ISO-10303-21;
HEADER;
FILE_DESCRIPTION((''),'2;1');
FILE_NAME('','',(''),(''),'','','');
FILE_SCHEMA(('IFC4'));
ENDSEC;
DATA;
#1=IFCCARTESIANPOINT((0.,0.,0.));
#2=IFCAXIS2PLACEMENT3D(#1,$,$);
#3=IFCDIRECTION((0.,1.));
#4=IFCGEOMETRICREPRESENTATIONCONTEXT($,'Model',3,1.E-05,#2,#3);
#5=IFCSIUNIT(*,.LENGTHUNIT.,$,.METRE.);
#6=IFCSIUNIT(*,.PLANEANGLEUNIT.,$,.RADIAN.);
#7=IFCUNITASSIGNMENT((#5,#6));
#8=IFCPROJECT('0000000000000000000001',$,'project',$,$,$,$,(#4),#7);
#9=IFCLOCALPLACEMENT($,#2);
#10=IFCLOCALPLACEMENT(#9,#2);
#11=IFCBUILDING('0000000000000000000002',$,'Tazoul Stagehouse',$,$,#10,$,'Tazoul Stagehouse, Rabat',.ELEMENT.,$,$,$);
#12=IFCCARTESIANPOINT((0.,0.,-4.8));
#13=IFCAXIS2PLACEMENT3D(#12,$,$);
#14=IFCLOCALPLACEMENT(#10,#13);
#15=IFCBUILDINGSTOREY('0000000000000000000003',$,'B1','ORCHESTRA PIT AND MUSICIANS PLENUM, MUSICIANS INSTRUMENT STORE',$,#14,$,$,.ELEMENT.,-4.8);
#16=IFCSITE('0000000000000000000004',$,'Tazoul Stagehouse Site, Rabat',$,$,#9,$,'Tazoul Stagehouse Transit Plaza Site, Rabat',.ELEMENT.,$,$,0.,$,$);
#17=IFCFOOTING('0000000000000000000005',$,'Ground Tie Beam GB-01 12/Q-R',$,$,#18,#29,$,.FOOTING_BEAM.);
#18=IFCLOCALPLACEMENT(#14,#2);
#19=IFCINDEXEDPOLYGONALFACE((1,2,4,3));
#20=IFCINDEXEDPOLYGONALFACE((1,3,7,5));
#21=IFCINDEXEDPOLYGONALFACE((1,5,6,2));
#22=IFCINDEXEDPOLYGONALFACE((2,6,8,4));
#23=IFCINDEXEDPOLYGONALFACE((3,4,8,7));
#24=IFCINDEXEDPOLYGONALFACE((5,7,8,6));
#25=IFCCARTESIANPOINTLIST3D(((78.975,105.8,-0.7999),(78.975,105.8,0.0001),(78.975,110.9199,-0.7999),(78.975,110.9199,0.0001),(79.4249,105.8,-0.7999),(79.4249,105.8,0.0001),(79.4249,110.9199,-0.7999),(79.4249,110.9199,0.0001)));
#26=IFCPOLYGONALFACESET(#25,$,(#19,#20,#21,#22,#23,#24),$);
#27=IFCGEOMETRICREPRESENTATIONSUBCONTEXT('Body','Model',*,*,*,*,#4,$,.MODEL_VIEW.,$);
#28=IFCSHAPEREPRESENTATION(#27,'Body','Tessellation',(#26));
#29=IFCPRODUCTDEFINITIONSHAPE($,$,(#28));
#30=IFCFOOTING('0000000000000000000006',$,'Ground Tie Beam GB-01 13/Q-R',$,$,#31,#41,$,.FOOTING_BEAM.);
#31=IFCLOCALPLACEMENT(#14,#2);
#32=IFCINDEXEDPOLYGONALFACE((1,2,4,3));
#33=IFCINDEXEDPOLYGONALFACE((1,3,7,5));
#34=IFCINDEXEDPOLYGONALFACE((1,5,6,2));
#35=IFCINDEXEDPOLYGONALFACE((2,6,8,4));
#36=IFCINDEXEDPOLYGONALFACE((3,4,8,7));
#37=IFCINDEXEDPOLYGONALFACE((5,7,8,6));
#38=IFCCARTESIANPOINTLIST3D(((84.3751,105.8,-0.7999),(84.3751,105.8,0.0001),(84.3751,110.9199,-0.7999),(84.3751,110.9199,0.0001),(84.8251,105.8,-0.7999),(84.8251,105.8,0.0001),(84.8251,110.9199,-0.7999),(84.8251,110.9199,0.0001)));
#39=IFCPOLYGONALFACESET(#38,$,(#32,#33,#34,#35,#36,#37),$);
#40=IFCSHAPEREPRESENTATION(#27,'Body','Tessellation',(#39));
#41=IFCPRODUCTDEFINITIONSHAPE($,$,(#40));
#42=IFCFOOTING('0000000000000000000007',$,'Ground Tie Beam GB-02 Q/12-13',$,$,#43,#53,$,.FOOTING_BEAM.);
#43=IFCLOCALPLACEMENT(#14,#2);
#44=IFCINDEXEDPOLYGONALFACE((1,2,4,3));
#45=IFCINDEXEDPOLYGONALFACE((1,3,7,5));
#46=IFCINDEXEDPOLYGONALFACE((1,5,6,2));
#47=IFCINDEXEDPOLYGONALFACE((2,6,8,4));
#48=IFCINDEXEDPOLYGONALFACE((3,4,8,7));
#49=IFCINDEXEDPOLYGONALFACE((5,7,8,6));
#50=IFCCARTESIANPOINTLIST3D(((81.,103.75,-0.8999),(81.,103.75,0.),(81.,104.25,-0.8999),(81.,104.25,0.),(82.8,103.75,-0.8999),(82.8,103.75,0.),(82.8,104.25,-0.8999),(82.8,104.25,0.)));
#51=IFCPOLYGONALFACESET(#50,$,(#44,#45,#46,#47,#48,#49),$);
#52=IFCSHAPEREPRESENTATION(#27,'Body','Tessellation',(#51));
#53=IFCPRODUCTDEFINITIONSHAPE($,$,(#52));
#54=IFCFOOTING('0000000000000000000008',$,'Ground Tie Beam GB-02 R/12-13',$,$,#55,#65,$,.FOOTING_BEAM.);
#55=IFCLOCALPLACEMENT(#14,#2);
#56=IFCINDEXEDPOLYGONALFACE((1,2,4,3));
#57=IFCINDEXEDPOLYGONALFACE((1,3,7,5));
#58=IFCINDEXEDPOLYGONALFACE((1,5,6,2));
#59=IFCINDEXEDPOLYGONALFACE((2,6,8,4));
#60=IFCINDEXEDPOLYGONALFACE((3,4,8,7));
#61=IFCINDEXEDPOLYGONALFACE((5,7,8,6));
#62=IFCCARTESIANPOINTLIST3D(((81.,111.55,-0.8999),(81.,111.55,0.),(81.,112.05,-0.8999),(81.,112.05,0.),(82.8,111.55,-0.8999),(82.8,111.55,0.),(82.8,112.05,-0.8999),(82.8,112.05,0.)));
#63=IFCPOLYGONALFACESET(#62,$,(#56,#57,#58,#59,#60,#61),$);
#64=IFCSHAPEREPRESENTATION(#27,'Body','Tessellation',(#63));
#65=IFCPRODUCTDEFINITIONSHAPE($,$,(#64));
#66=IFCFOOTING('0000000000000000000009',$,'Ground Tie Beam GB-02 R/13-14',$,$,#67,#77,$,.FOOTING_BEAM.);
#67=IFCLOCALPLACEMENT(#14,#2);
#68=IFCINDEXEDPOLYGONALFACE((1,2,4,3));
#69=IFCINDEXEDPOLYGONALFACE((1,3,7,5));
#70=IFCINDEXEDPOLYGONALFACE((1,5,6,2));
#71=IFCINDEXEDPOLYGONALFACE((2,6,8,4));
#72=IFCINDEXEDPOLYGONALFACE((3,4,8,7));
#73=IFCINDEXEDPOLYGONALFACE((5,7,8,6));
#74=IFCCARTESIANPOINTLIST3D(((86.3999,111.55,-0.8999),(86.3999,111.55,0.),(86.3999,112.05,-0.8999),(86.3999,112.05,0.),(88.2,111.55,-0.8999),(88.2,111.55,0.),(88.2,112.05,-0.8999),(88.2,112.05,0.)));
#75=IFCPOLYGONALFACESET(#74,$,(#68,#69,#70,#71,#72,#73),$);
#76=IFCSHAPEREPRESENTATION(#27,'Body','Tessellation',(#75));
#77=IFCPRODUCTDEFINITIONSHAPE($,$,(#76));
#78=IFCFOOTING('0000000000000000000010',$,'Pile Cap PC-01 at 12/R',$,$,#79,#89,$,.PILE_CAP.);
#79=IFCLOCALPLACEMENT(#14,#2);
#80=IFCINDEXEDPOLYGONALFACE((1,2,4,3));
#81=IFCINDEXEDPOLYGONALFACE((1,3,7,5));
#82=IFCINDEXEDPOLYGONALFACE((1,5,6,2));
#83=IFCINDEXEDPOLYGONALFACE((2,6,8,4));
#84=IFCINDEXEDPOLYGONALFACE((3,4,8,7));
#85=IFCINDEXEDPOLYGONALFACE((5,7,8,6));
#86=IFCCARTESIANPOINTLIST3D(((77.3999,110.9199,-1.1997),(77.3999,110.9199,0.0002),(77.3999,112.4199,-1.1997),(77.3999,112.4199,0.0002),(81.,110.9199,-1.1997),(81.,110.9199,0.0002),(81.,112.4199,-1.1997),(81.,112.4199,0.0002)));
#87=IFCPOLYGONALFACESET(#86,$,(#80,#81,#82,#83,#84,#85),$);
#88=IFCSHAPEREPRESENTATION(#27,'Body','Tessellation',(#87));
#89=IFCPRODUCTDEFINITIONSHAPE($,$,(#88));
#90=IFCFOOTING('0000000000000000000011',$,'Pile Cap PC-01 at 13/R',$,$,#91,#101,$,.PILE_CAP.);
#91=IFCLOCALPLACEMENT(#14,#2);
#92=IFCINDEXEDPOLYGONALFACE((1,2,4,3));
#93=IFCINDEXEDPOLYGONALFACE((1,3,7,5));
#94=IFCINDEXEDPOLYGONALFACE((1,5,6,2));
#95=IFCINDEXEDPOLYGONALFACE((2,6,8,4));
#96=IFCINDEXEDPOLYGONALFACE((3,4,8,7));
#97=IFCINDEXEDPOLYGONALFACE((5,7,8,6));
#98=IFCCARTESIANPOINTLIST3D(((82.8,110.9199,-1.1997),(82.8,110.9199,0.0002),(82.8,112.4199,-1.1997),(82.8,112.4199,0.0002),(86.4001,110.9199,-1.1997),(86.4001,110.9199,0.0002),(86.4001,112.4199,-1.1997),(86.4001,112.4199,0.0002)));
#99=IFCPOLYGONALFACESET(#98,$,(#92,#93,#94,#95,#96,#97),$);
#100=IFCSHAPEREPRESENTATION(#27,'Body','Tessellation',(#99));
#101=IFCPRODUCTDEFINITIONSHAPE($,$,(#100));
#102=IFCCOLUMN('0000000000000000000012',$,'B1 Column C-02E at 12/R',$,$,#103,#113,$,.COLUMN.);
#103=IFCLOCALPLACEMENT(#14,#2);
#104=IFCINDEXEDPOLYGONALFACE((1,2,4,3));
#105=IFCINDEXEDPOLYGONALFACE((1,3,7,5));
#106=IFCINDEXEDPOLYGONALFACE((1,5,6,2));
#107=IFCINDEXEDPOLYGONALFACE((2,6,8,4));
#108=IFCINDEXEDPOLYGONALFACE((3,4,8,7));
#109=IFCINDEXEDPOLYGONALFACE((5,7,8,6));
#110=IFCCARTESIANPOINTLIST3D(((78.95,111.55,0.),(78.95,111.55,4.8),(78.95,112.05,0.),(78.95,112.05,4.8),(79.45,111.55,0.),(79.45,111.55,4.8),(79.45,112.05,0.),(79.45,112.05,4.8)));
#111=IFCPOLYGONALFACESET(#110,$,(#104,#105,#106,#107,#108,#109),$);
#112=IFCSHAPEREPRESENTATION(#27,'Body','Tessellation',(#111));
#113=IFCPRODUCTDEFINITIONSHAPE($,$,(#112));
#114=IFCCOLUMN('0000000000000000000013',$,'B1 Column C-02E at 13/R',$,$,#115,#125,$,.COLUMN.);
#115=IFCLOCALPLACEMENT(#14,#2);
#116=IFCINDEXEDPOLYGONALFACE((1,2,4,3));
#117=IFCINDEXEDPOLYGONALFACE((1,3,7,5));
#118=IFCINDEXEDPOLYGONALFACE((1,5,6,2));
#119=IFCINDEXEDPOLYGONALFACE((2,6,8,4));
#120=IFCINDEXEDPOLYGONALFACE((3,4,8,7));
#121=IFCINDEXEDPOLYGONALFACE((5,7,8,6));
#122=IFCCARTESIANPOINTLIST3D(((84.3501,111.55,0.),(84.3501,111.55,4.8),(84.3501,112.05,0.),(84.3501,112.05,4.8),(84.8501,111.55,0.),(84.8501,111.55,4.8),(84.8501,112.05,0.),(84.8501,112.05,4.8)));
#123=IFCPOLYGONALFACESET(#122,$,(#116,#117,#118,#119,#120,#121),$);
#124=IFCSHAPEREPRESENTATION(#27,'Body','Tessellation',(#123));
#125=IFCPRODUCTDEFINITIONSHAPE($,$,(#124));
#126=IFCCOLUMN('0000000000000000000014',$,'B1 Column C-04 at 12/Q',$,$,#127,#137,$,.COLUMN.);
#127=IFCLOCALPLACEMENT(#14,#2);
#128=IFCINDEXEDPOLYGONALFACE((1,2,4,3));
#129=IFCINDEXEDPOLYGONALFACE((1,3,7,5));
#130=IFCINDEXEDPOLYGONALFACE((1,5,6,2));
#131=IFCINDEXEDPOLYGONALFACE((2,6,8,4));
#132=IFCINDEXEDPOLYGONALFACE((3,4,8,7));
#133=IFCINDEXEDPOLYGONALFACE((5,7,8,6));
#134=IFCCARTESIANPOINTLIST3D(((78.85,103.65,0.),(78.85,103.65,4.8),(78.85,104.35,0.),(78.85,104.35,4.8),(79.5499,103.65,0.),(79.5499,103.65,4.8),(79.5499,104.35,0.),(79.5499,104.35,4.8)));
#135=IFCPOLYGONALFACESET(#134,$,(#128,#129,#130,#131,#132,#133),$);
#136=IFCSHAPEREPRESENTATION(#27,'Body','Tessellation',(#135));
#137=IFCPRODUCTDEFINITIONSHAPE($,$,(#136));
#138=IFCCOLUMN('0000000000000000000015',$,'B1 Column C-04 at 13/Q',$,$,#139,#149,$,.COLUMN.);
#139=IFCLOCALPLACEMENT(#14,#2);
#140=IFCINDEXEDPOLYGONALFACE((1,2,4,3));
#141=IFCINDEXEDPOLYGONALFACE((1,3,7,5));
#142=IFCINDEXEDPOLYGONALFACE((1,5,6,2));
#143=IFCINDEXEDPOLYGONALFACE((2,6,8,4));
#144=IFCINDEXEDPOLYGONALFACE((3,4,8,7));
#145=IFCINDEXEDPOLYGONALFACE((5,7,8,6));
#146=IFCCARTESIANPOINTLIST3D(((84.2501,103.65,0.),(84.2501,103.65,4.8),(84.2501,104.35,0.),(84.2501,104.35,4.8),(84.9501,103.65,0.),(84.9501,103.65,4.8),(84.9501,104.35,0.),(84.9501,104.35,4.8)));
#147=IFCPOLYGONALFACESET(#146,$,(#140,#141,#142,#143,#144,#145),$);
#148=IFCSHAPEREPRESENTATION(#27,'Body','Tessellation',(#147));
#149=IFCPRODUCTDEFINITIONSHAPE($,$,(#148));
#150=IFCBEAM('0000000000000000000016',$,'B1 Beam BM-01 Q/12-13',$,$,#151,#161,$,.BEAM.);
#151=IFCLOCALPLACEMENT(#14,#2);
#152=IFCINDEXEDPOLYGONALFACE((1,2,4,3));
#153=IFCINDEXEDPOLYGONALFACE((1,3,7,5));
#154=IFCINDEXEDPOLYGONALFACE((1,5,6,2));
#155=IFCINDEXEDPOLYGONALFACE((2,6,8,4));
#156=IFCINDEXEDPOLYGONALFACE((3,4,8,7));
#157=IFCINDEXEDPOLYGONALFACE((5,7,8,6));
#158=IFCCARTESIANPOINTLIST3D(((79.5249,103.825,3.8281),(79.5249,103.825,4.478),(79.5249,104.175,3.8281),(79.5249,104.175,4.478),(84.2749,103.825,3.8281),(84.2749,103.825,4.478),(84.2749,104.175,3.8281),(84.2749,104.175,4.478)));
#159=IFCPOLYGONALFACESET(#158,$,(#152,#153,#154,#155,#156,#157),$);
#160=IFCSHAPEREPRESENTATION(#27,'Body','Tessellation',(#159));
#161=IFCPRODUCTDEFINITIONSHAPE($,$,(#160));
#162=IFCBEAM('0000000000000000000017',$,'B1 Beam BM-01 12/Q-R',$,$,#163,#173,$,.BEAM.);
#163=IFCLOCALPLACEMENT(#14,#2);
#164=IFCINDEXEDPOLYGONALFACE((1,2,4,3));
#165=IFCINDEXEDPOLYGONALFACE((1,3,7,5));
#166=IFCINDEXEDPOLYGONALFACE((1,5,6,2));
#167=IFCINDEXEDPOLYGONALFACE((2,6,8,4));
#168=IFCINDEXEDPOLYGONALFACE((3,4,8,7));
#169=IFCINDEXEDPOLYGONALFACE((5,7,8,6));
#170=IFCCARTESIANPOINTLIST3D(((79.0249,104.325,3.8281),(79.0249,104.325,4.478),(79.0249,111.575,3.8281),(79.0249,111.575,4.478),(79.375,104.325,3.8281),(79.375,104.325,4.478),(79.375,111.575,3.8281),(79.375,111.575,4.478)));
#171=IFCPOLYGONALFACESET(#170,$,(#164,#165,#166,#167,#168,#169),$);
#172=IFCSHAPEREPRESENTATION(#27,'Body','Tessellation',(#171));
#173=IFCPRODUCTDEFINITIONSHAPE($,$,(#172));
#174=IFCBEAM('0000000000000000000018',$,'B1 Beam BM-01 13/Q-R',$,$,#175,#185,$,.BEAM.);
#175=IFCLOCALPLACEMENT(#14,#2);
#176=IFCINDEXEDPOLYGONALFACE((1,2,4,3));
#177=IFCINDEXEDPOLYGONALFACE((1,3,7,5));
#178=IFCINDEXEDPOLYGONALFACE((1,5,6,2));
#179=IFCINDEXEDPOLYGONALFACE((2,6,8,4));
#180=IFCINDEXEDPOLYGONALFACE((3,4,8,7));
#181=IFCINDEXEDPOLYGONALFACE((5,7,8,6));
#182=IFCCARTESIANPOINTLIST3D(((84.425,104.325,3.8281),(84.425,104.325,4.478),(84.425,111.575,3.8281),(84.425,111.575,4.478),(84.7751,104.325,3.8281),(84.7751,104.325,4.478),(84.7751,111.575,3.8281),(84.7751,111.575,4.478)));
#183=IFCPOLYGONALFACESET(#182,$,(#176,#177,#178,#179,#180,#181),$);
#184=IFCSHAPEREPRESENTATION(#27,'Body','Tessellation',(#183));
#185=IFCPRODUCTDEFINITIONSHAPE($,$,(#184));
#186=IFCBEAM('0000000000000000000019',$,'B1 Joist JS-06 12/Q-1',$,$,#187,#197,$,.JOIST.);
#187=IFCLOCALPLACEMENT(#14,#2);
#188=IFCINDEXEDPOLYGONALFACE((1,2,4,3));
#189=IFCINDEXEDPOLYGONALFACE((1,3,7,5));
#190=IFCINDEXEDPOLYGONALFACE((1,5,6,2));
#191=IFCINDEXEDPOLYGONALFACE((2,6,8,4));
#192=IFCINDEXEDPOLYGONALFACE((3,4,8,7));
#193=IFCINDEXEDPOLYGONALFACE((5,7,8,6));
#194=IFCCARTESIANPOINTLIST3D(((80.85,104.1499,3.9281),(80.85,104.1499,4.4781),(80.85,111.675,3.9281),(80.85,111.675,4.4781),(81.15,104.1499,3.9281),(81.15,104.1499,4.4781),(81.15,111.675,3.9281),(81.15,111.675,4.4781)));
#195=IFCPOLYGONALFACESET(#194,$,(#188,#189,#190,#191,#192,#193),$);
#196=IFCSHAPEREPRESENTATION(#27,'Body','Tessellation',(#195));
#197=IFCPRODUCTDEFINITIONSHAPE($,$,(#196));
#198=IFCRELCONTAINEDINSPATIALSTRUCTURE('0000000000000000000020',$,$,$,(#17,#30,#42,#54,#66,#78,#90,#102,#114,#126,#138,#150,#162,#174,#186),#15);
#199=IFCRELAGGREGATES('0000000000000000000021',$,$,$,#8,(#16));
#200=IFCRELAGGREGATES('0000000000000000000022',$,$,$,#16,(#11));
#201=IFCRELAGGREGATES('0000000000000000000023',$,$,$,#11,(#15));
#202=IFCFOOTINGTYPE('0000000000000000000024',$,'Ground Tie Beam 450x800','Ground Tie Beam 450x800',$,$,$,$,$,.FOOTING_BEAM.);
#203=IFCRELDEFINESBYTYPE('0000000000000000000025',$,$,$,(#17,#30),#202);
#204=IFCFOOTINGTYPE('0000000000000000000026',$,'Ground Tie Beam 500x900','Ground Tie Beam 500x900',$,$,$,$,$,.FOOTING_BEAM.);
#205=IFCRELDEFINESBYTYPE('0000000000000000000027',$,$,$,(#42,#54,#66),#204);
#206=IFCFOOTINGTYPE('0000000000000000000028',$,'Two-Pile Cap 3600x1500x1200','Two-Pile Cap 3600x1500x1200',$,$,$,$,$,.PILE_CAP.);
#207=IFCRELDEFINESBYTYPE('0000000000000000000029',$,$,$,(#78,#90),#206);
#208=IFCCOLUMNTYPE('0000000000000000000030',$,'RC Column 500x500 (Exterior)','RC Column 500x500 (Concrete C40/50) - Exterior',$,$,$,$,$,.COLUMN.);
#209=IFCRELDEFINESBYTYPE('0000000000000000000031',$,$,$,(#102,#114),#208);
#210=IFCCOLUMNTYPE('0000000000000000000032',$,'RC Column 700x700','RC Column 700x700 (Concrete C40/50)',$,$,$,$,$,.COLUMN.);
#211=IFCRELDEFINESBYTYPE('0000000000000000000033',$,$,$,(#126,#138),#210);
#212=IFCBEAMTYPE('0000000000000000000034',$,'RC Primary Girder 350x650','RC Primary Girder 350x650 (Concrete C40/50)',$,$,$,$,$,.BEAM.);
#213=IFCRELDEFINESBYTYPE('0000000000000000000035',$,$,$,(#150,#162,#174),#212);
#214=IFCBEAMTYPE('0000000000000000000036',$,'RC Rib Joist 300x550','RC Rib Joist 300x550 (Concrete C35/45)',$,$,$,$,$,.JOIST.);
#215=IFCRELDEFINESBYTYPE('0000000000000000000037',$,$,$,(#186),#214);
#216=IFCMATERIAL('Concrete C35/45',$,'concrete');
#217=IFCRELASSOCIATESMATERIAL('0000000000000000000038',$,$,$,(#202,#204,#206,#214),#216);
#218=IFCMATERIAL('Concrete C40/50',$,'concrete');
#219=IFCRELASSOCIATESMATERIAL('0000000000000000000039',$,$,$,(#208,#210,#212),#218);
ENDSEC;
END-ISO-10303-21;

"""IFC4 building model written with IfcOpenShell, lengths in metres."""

from ifc_helpers import new_model, si_unit, direction, frame, origin, origin_2d, place, context, subcontext, project, spatial, rectangle, extrude, material, material_profile, profile_set, type_object, element, save


model = new_model("IFC4")

# Units and contexts
model_context = context("Model", 3, precision=1e-05, world=origin(), true_north=direction((0.0, 1.0)))
body_context = subcontext(model_context, "Body", "Model", "MODEL_VIEW")
ifc_project = project(units=[si_unit("LENGTHUNIT", "METRE"), si_unit("PLANEANGLEUNIT", "RADIAN")], contexts=[model_context])

# Site, building, storey
site_placement = place(None, origin())
site = spatial("IfcSite", under=ifc_project, at=site_placement, Name="Tazoul Stagehouse Site, Rabat", LongName="Tazoul Stagehouse Transit Plaza Site, Rabat", CompositionType="ELEMENT", RefElevation=0.0)
building_placement = place(site_placement, origin())
building = spatial("IfcBuilding", under=site, at=building_placement, Name="Tazoul Stagehouse", LongName="Tazoul Stagehouse, Rabat", CompositionType="ELEMENT")
storey_placement = place(building_placement, frame((0.0, 0.0, -4.8)))
storey = spatial("IfcBuildingStorey", under=building, at=storey_placement, Name="B1", Description="ORCHESTRA PIT AND MUSICIANS PLENUM, MUSICIANS INSTRUMENT STORE", CompositionType="ELEMENT", Elevation=-4.8)

# Shared definitions
ifc_material_1 = material(Name="Concrete C35/45", Category="concrete")

# Footings
ifc_material_profile_1 = material_profile(ifc_material_1, rectangle(XDim=0.45, YDim=0.8, at=origin_2d()), Name="RC 450x800")
ifc_profile_set_1 = profile_set([ifc_material_profile_1], Name="Concrete C35/45")
footing_type_1 = type_object("IfcFootingType", Name="Ground Tie Beam 450x800", Description="Ground Tie Beam 450x800", PredefinedType="FOOTING_BEAM", material=ifc_profile_set_1)
for number, where, z_axis, x_axis, name in (
    (1, (79.2, 105.8, -0.3999), (0.0, 1.0, 0.0), (-1.0, 0.0, 0.0), "Ground Tie Beam GB-01 12/Q-R"),
    (2, (84.6001, 105.8, -0.3999), (0.0, 1.0, 0.0), (-1.0, 0.0, 0.0), "Ground Tie Beam GB-01 13/Q-R"),
):
    element("IfcFooting", number, at=place(storey_placement, frame(where, z_axis=z_axis, x_axis=x_axis)), inside=storey, type_object=footing_type_1, Name=name, PredefinedType="FOOTING_BEAM", context=body_context, shape_type="SweptSolid", body=[
        extrude(rectangle(XDim=0.45, YDim=0.8, at=origin_2d()), origin(), (0.0, 0.0, 1.0), 5.1199),
    ])
ifc_material_profile_2 = material_profile(ifc_material_1, rectangle(XDim=0.5, YDim=0.8999, at=origin_2d()), Name="RC 500x900")
ifc_profile_set_2 = profile_set([ifc_material_profile_2], Name="Concrete C35/45")
footing_type_2 = type_object("IfcFootingType", Name="Ground Tie Beam 500x900", Description="Ground Tie Beam 500x900", PredefinedType="FOOTING_BEAM", material=ifc_profile_set_2)
for number, where, z_axis, x_axis, name in (
    (3, (81.0, 104.0, -0.45), (1.0, 0.0, 0.0), (0.0, 1.0, 0.0), "Ground Tie Beam GB-02 Q/12-13"),
    (4, (81.0, 111.8, -0.45), (1.0, 0.0, 0.0), (0.0, 1.0, 0.0), "Ground Tie Beam GB-02 R/12-13"),
    (5, (86.3999, 111.8, -0.45), (1.0, 0.0, 0.0), (0.0, 1.0, 0.0), "Ground Tie Beam GB-02 R/13-14"),
):
    element("IfcFooting", number, at=place(storey_placement, frame(where, z_axis=z_axis, x_axis=x_axis)), inside=storey, type_object=footing_type_2, Name=name, PredefinedType="FOOTING_BEAM", context=body_context, shape_type="SweptSolid", body=[
        extrude(rectangle(XDim=0.5, YDim=0.8999, at=origin_2d()), origin(), (0.0, 0.0, 1.0), 1.8),
    ])
footing_type_3 = type_object("IfcFootingType", Name="Two-Pile Cap 3600x1500x1200", Description="Two-Pile Cap 3600x1500x1200", PredefinedType="PILE_CAP", material=ifc_material_1)
for number, where, z_axis, x_axis, name in (
    (6, (79.2, 111.6699, -1.1997), (0.0, 0.0, 1.0), (1.0, 0.0, 0.0), "Pile Cap PC-01 at 12/R"),
    (7, (84.6001, 111.6699, -1.1997), (0.0, 0.0, 1.0), (1.0, 0.0, 0.0), "Pile Cap PC-01 at 13/R"),
):
    element("IfcFooting", number, at=place(storey_placement, frame(where, z_axis=z_axis, x_axis=x_axis)), inside=storey, type_object=footing_type_3, Name=name, PredefinedType="PILE_CAP", context=body_context, shape_type="SweptSolid", body=[
        extrude(rectangle(XDim=3.6001, YDim=1.5, at=origin_2d()), origin(), (0.0, 0.0, 1.0), 1.2),
    ])

# Columns
ifc_material_2 = material(Name="Concrete C40/50", Category="concrete")
ifc_material_profile_3 = material_profile(ifc_material_2, rectangle(XDim=0.5, YDim=0.5, at=origin_2d()), Name="RC 500x500")
ifc_profile_set_3 = profile_set([ifc_material_profile_3], Name="Concrete C40/50")
column_type_1 = type_object("IfcColumnType", Name="RC Column 500x500 (Exterior)", Description="RC Column 500x500 (Concrete C40/50) - Exterior", PredefinedType="COLUMN", material=ifc_profile_set_3)
for number, where, z_axis, x_axis, name in (
    (8, (79.2, 111.8, 0.0), (0.0, 0.0, 1.0), (1.0, 0.0, 0.0), "B1 Column C-02E at 12/R"),
    (9, (84.6001, 111.8, 0.0), (0.0, 0.0, 1.0), (1.0, 0.0, 0.0), "B1 Column C-02E at 13/R"),
):
    element("IfcColumn", number, at=place(storey_placement, frame(where, z_axis=z_axis, x_axis=x_axis)), inside=storey, type_object=column_type_1, Name=name, PredefinedType="COLUMN", context=body_context, shape_type="SweptSolid", body=[
        extrude(rectangle(XDim=0.5, YDim=0.5, at=origin_2d()), origin(), (0.0, 0.0, 1.0), 4.8),
    ])
ifc_material_profile_4 = material_profile(ifc_material_2, rectangle(XDim=0.7, YDim=0.7, at=origin_2d()), Name="RC 700x700")
ifc_profile_set_4 = profile_set([ifc_material_profile_4], Name="Concrete C40/50")
column_type_2 = type_object("IfcColumnType", Name="RC Column 700x700", Description="RC Column 700x700 (Concrete C40/50)", PredefinedType="COLUMN", material=ifc_profile_set_4)
for number, where, z_axis, x_axis, name in (
    (10, (79.2, 104.0, 0.0), (0.0, 0.0, 1.0), (1.0, 0.0, 0.0), "B1 Column C-04 at 12/Q"),
    (11, (84.6001, 104.0, 0.0), (0.0, 0.0, 1.0), (1.0, 0.0, 0.0), "B1 Column C-04 at 13/Q"),
):
    element("IfcColumn", number, at=place(storey_placement, frame(where, z_axis=z_axis, x_axis=x_axis)), inside=storey, type_object=column_type_2, Name=name, PredefinedType="COLUMN", context=body_context, shape_type="SweptSolid", body=[
        extrude(rectangle(XDim=0.7, YDim=0.7, at=origin_2d()), origin(), (0.0, 0.0, 1.0), 4.8),
    ])

# Beams
ifc_material_profile_5 = material_profile(ifc_material_2, rectangle(XDim=0.3501, YDim=0.6499, at=origin_2d()), Name="RC 350x650")
ifc_profile_set_5 = profile_set([ifc_material_profile_5], Name="Concrete C40/50")
beam_type_1 = type_object("IfcBeamType", Name="RC Primary Girder 350x650", Description="RC Primary Girder 350x650 (Concrete C40/50)", PredefinedType="BEAM", material=ifc_profile_set_5)
beam_placement = place(storey_placement, frame((79.5249, 104.0, 4.1531), z_axis=(1.0, 0.0, 0.0), x_axis=(0.0, 1.0, 0.0)))
element("IfcBeam", 12, at=beam_placement, inside=storey, type_object=beam_type_1, Name="B1 Beam BM-01 Q/12-13", PredefinedType="BEAM", context=body_context, shape_type="SweptSolid", body=[
    extrude(rectangle(XDim=0.3501, YDim=0.6499, at=origin_2d()), origin(), (0.0, 0.0, 1.0), 4.75),
])
for number, where, z_axis, x_axis, name in (
    (13, (79.2, 104.325, 4.1531), (0.0, 1.0, 0.0), (-1.0, 0.0, 0.0), "B1 Beam BM-01 12/Q-R"),
    (14, (84.6001, 104.325, 4.1531), (0.0, 1.0, 0.0), (-1.0, 0.0, 0.0), "B1 Beam BM-01 13/Q-R"),
):
    element("IfcBeam", number, at=place(storey_placement, frame(where, z_axis=z_axis, x_axis=x_axis)), inside=storey, type_object=beam_type_1, Name=name, PredefinedType="BEAM", context=body_context, shape_type="SweptSolid", body=[
        extrude(rectangle(XDim=0.3501, YDim=0.6499, at=origin_2d()), origin(), (0.0, 0.0, 1.0), 7.25),
    ])
ifc_material_profile_6 = material_profile(ifc_material_1, rectangle(XDim=0.3, YDim=0.55, at=origin_2d()), Name="RC 300x550")
ifc_profile_set_6 = profile_set([ifc_material_profile_6], Name="Concrete C35/45")
beam_type_2 = type_object("IfcBeamType", Name="RC Rib Joist 300x550", Description="RC Rib Joist 300x550 (Concrete C35/45)", PredefinedType="JOIST", material=ifc_profile_set_6)
for number, where, z_axis, x_axis, name in (
    (15, (81.0, 104.1499, 4.2031), (0.0, 1.0, 0.0), (-1.0, 0.0, 0.0), "B1 Joist JS-06 12/Q-1"),
):
    element("IfcBeam", number, at=place(storey_placement, frame(where, z_axis=z_axis, x_axis=x_axis)), inside=storey, type_object=beam_type_2, Name=name, PredefinedType="JOIST", context=body_context, shape_type="SweptSolid", body=[
        extrude(rectangle(XDim=0.3, YDim=0.55, at=origin_2d()), origin(), (0.0, 0.0, 1.0), 7.5251),
    ])

save(model, "model.ifc")
